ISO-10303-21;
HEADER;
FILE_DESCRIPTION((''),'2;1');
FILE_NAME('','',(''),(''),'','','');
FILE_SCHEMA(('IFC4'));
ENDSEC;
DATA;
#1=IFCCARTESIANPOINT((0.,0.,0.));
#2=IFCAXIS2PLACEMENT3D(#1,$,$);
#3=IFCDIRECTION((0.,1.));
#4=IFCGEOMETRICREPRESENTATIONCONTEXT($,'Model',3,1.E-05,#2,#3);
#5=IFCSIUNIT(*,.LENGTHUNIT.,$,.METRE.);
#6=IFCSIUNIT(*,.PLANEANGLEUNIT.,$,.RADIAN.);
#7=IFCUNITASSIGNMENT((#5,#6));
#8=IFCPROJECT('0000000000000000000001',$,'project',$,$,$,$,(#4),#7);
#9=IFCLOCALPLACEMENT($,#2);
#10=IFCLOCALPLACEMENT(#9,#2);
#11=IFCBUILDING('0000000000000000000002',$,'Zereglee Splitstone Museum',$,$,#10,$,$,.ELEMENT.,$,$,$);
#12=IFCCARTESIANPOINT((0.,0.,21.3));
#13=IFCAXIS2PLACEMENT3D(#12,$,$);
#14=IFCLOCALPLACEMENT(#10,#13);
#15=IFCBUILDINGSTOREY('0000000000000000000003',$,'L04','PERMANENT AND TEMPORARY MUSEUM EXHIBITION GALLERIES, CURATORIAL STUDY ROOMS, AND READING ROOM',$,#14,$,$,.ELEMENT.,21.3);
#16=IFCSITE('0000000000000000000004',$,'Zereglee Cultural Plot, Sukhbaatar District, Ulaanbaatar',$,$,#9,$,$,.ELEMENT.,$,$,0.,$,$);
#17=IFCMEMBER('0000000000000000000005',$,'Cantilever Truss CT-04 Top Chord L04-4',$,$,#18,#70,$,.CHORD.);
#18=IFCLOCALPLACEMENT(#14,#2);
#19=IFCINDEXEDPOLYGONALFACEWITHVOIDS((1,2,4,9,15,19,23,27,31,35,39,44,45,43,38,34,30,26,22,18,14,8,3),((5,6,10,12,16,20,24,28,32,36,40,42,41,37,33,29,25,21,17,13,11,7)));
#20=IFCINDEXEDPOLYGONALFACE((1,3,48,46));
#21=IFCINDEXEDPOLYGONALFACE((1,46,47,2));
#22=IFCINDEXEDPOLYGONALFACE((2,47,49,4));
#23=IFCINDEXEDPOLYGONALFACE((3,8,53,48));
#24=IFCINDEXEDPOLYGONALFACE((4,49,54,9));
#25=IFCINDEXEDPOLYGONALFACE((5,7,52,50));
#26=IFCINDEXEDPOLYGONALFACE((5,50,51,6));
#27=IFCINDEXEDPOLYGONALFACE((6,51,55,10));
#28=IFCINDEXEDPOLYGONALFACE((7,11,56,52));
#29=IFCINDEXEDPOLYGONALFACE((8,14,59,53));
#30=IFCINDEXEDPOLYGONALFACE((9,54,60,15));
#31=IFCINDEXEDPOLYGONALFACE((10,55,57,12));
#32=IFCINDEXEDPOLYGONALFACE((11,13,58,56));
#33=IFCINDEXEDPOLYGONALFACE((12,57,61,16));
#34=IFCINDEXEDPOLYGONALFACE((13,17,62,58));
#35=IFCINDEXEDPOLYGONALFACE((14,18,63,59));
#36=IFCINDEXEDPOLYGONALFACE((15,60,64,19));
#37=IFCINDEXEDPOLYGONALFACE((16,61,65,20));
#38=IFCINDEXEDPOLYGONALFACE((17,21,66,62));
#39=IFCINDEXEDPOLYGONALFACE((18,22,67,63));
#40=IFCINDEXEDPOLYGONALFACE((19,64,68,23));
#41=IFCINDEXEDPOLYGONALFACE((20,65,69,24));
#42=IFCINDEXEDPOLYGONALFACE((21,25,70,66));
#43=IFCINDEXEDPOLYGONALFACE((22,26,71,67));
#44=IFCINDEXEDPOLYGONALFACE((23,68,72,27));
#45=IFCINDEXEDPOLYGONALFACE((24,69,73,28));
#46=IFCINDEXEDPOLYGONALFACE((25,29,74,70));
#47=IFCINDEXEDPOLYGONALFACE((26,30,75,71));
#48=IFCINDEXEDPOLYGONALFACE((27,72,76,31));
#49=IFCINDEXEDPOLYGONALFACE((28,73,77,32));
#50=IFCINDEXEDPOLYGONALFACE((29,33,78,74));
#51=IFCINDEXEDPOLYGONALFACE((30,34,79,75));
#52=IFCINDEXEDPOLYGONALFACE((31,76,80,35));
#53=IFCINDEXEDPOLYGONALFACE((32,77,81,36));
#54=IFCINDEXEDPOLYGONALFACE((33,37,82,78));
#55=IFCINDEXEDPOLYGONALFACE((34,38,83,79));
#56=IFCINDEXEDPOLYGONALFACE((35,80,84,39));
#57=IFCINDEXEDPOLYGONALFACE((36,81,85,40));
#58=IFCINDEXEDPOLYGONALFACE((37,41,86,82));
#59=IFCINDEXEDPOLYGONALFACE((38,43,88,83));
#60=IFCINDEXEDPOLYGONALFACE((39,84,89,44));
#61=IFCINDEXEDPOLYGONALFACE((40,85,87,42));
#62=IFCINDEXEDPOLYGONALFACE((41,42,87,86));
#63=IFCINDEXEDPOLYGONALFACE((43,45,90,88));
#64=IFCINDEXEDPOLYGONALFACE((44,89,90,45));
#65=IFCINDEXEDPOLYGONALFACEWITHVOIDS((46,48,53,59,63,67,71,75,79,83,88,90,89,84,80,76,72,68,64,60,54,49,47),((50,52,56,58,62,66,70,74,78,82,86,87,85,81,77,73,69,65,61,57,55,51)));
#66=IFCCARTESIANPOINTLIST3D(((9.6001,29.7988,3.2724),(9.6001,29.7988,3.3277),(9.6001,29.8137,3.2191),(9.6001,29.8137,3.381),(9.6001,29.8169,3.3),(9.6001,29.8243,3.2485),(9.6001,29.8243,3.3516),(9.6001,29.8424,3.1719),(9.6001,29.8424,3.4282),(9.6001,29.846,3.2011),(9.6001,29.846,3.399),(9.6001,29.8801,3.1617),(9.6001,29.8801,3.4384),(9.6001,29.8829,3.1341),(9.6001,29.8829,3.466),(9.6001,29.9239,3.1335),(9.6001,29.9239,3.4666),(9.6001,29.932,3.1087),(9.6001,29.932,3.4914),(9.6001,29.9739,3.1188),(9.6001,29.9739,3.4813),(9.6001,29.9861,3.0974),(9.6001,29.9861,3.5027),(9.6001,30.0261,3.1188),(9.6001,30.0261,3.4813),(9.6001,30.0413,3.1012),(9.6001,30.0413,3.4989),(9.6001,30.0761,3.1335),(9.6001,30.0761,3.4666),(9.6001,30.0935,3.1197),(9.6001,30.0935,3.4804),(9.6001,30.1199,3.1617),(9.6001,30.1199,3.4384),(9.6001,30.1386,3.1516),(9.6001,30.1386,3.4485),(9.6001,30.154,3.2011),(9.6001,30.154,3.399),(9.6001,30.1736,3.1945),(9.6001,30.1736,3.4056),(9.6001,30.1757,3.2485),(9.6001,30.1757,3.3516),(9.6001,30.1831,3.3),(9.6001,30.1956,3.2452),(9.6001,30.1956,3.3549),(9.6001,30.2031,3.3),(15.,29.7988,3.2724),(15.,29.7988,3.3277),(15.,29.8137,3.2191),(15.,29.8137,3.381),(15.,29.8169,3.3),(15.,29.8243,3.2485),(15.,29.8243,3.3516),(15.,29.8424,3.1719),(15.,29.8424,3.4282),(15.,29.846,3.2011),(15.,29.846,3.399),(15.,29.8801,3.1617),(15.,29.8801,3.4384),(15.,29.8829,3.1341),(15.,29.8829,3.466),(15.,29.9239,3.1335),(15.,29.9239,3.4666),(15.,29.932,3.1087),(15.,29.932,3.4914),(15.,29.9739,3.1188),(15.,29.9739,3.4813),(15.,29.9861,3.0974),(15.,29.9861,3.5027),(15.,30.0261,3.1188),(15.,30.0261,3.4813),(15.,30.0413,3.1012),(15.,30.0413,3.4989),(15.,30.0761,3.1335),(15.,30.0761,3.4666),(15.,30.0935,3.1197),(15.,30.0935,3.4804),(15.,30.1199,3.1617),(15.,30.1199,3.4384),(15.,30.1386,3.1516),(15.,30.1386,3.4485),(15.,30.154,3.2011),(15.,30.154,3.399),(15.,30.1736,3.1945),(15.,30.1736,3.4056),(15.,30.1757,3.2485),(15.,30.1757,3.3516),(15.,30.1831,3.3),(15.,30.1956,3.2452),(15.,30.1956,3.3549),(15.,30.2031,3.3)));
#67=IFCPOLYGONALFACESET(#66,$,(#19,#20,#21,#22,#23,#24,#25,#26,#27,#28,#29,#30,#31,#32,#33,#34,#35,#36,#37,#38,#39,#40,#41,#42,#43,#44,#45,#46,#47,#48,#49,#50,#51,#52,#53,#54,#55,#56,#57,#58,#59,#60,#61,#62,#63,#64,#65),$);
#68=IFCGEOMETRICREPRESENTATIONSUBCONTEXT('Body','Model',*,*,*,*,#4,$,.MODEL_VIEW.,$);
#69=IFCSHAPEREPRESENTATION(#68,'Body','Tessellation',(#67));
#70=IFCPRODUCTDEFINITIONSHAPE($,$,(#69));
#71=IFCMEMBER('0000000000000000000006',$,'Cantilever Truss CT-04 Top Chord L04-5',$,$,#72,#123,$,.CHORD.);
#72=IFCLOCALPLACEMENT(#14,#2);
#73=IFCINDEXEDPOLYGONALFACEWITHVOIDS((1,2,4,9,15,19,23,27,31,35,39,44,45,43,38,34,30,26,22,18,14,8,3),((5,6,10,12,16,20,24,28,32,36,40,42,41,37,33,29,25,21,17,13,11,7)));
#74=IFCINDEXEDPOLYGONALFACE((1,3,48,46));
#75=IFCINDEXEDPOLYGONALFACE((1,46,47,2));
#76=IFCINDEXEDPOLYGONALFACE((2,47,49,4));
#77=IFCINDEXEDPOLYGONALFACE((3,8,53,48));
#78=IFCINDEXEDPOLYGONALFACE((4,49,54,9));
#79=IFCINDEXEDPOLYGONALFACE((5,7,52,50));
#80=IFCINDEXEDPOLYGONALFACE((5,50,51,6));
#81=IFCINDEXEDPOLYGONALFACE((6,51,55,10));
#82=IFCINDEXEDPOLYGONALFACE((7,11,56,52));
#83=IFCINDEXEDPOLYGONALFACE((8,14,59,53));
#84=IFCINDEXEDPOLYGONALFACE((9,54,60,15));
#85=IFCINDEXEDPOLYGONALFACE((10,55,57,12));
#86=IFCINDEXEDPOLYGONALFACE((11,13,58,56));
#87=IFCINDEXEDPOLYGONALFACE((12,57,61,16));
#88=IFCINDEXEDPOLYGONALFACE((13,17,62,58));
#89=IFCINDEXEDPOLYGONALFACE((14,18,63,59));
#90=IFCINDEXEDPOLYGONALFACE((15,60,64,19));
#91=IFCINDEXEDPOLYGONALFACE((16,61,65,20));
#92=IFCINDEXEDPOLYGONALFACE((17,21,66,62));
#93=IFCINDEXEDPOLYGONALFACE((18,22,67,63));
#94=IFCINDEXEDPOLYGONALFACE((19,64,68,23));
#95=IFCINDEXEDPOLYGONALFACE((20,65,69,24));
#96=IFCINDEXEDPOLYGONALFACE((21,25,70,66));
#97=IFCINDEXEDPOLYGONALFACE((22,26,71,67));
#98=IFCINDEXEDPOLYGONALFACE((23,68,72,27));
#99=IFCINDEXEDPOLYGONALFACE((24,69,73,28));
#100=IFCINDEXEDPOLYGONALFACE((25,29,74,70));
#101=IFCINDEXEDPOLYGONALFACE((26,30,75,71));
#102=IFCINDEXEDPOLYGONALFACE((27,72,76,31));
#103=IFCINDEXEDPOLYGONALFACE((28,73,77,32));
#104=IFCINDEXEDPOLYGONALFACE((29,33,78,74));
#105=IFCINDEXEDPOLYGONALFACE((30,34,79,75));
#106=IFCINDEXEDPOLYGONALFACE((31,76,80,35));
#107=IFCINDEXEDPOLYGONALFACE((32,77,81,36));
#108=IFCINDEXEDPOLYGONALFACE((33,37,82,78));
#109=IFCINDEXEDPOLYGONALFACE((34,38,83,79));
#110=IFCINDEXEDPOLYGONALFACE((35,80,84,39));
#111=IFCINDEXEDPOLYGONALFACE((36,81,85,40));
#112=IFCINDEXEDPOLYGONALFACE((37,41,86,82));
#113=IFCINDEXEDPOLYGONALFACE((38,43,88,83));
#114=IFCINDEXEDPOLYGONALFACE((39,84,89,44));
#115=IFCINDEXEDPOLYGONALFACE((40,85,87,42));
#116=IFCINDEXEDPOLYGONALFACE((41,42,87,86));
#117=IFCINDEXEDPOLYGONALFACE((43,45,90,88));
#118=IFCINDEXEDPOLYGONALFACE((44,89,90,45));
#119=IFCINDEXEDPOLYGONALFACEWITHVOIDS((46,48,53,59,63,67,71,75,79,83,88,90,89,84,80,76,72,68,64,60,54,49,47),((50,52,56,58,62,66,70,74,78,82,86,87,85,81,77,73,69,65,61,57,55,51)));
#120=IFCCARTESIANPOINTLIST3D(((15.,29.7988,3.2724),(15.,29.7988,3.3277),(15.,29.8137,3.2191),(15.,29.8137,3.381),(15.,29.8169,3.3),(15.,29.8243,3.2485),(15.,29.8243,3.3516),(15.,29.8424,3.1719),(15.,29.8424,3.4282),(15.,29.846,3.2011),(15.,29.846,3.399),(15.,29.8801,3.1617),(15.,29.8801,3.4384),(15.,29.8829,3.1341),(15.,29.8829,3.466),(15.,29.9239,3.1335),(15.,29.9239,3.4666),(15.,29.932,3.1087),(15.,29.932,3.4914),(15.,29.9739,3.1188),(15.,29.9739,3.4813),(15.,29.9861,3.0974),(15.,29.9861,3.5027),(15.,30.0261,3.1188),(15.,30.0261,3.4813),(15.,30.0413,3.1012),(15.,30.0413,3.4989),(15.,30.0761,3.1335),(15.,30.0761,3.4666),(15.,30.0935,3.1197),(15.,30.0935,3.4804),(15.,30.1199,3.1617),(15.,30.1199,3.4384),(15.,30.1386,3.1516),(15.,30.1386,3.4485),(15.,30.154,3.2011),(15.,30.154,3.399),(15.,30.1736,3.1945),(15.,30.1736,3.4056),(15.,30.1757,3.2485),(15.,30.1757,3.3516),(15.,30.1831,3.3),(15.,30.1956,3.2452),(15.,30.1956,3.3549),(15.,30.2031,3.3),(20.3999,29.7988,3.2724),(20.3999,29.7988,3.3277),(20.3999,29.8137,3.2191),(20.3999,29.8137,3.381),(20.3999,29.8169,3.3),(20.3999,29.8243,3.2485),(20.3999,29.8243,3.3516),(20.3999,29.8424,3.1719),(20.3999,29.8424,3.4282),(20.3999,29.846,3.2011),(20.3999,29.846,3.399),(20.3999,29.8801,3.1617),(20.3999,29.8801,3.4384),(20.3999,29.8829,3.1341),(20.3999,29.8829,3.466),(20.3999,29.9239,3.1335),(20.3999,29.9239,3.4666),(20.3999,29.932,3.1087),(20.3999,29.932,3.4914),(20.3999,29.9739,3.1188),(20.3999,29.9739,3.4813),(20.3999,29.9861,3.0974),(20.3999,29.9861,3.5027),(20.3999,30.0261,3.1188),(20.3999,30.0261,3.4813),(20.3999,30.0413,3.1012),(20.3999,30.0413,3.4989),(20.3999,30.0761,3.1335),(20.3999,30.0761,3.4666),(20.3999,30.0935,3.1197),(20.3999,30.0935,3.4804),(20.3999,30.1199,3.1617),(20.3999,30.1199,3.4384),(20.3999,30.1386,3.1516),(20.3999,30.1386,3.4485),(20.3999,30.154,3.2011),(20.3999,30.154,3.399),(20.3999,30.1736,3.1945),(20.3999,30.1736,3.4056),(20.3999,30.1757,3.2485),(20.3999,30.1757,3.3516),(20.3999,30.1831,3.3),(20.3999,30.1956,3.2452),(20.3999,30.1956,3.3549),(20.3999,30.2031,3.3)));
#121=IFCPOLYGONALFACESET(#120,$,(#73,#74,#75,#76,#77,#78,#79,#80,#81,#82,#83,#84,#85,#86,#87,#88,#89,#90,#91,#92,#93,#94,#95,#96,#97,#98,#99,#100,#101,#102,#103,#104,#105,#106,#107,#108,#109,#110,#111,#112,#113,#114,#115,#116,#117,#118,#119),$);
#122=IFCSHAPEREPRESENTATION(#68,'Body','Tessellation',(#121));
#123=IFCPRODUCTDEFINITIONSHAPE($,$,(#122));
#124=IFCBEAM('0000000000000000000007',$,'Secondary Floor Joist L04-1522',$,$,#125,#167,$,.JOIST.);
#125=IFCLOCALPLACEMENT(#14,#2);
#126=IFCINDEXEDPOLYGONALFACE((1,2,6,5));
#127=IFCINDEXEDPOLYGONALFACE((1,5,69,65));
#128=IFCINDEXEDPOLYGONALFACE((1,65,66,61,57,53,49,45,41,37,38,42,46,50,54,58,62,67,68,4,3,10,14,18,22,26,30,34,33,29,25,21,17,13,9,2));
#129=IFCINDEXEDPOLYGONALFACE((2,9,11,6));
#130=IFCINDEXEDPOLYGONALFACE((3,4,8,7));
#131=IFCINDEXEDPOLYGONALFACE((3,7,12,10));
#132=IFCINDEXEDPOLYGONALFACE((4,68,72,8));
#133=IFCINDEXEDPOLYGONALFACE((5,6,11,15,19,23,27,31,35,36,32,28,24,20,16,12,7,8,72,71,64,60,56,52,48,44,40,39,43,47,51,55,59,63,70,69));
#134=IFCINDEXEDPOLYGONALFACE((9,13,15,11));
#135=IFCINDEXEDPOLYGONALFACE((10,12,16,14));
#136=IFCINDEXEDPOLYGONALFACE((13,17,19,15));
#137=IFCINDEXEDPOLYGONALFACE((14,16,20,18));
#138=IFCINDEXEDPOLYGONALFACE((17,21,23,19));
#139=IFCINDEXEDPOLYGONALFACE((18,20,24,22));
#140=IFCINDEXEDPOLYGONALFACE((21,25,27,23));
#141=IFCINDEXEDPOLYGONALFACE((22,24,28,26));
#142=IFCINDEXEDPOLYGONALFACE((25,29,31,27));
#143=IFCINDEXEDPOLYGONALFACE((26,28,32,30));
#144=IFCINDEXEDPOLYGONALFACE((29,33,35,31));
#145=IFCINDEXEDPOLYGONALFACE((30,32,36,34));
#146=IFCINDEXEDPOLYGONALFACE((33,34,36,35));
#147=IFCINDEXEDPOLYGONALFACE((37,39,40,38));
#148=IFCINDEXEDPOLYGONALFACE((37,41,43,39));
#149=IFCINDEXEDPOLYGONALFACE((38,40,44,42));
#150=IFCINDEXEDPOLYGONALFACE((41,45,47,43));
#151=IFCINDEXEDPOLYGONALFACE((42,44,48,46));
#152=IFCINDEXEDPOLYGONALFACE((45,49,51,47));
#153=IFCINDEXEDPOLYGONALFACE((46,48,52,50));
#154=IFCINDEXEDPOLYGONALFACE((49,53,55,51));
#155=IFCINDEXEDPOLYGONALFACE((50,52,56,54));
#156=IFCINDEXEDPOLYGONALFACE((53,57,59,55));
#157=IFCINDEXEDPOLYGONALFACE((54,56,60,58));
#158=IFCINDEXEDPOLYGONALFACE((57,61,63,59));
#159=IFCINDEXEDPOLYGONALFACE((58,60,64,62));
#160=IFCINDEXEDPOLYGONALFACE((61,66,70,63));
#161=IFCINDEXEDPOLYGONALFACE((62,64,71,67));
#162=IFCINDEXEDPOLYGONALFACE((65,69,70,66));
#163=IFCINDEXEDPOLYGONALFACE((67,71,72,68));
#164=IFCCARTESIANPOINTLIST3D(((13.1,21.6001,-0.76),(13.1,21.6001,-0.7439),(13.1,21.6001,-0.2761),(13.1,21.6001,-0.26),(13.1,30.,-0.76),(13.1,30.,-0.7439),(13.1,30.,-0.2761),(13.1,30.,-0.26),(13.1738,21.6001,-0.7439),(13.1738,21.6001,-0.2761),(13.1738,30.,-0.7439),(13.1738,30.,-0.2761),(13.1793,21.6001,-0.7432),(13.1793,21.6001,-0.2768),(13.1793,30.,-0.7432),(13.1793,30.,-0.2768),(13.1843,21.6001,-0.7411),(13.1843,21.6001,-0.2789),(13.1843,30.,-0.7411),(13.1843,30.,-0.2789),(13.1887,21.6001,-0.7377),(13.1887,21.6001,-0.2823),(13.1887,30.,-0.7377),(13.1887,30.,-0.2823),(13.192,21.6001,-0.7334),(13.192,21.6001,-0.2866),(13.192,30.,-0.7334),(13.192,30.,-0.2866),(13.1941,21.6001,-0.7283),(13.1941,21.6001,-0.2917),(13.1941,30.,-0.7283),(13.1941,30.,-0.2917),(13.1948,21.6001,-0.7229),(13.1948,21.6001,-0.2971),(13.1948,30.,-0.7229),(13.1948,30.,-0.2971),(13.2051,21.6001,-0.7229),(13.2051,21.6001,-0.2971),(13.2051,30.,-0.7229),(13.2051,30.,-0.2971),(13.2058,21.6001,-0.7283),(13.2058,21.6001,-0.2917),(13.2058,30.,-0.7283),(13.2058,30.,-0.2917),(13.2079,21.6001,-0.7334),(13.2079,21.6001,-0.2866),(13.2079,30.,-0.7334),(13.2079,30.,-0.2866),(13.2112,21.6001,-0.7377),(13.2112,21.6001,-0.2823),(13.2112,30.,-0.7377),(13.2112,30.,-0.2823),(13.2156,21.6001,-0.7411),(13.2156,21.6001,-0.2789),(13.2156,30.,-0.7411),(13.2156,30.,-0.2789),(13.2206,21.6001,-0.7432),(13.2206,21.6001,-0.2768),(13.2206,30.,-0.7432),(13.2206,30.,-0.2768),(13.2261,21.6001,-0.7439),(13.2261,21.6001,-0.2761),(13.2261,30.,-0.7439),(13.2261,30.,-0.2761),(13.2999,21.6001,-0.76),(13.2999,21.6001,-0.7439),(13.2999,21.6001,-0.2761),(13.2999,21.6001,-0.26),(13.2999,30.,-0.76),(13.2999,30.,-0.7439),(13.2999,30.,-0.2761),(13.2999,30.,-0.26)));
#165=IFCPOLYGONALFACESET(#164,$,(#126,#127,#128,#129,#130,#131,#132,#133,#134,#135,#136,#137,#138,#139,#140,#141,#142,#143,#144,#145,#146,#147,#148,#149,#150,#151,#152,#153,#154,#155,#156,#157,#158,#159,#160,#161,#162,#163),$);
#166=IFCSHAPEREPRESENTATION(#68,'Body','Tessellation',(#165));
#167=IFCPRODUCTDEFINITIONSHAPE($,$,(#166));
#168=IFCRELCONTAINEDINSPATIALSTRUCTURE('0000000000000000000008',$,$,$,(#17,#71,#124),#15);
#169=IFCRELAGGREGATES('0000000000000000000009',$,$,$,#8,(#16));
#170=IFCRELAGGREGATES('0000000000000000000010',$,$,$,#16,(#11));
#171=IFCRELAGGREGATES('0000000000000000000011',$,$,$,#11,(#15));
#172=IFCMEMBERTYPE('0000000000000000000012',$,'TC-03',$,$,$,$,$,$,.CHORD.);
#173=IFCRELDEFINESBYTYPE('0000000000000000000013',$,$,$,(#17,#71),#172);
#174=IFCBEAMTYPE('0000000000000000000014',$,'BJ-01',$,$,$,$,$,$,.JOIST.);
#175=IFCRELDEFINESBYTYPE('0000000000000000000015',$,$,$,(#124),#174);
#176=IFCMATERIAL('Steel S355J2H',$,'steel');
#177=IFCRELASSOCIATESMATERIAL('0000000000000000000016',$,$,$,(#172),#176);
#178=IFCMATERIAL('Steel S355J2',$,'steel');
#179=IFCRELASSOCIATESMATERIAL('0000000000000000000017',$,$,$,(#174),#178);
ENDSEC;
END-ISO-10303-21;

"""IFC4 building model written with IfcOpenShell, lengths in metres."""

from ifc_helpers import new_model, si_unit, direction, frame, origin, origin_2d, place, context, subcontext, project, spatial, hollow_circle, i_section, extrude, material, material_profile, profile_set, type_object, element, save


model = new_model("IFC4")

# Units and contexts
model_context = context("Model", 3, precision=1e-05, world=origin(), true_north=direction((0.0, 1.0)))
body_context = subcontext(model_context, "Body", "Model", "MODEL_VIEW")
ifc_project = project(units=[si_unit("LENGTHUNIT", "METRE"), si_unit("PLANEANGLEUNIT", "RADIAN")], contexts=[model_context])

# Site, building, storey
site_placement = place(None, origin())
site = spatial("IfcSite", under=ifc_project, at=site_placement, Name="Zereglee Cultural Plot, Sukhbaatar District, Ulaanbaatar", CompositionType="ELEMENT", RefElevation=0.0)
building_placement = place(site_placement, origin())
building = spatial("IfcBuilding", under=site, at=building_placement, Name="Zereglee Splitstone Museum", CompositionType="ELEMENT")
storey_placement = place(building_placement, frame((0.0, 0.0, 21.3)))
storey = spatial("IfcBuildingStorey", under=building, at=storey_placement, Name="L04", Description="PERMANENT AND TEMPORARY MUSEUM EXHIBITION GALLERIES, CURATORIAL STUDY ROOMS, AND READING ROOM", CompositionType="ELEMENT", Elevation=21.3)

# Shared definitions
ifc_material_1 = material(Name="Steel S355J2H", Category="steel")

# Members
ifc_material_profile_1 = material_profile(ifc_material_1, hollow_circle(Radius=0.2031, WallThickness=0.02, at=origin_2d()), Name="CHS 406.4x20")
ifc_profile_set_1 = profile_set([ifc_material_profile_1], Name="Steel S355J2H")
member_type_1 = type_object("IfcMemberType", Name="TC-03", PredefinedType="CHORD", material=ifc_profile_set_1)
for number, where, z_axis, x_axis, name in (
    (1, (9.6001, 30.0, 3.3), (1.0, 0.0, 0.0), (0.0, 1.0, 0.0), "Cantilever Truss CT-04 Top Chord L04-4"),
    (2, (15.0, 30.0, 3.3), (1.0, 0.0, 0.0), (0.0, 1.0, 0.0), "Cantilever Truss CT-04 Top Chord L04-5"),
):
    element("IfcMember", number, at=place(storey_placement, frame(where, z_axis=z_axis, x_axis=x_axis)), inside=storey, type_object=member_type_1, Name=name, PredefinedType="CHORD", context=body_context, shape_type="SweptSolid", body=[
        extrude(hollow_circle(Radius=0.2031, WallThickness=0.02, at=origin_2d()), origin(), (0.0, 0.0, 1.0), 5.3999),
    ])

# Beam
ifc_material_2 = material(Name="Steel S355J2", Category="steel")
ifc_material_profile_2 = material_profile(ifc_material_2, i_section(OverallWidth=0.2, OverallDepth=0.5, WebThickness=0.0103, FlangeThickness=0.0161, FilletRadius=0.021, at=origin_2d()), Name="IPE 500")
ifc_profile_set_2 = profile_set([ifc_material_profile_2], Name="Steel S355J2")
beam_type_1 = type_object("IfcBeamType", Name="BJ-01", PredefinedType="JOIST", material=ifc_profile_set_2)
for number, where, z_axis, x_axis, name in (
    (3, (13.2, 21.6001, -0.51), (0.0, 1.0, 0.0), (-1.0, 0.0, 0.0), "Secondary Floor Joist L04-1522"),
):
    element("IfcBeam", number, at=place(storey_placement, frame(where, z_axis=z_axis, x_axis=x_axis)), inside=storey, type_object=beam_type_1, Name=name, PredefinedType="JOIST", context=body_context, shape_type="SweptSolid", body=[
        extrude(i_section(OverallWidth=0.2, OverallDepth=0.5, WebThickness=0.0103, FlangeThickness=0.0161, FilletRadius=0.021, at=origin_2d()), origin(), (0.0, 0.0, 1.0), 8.3999),
    ])

save(model, "model.ifc")
